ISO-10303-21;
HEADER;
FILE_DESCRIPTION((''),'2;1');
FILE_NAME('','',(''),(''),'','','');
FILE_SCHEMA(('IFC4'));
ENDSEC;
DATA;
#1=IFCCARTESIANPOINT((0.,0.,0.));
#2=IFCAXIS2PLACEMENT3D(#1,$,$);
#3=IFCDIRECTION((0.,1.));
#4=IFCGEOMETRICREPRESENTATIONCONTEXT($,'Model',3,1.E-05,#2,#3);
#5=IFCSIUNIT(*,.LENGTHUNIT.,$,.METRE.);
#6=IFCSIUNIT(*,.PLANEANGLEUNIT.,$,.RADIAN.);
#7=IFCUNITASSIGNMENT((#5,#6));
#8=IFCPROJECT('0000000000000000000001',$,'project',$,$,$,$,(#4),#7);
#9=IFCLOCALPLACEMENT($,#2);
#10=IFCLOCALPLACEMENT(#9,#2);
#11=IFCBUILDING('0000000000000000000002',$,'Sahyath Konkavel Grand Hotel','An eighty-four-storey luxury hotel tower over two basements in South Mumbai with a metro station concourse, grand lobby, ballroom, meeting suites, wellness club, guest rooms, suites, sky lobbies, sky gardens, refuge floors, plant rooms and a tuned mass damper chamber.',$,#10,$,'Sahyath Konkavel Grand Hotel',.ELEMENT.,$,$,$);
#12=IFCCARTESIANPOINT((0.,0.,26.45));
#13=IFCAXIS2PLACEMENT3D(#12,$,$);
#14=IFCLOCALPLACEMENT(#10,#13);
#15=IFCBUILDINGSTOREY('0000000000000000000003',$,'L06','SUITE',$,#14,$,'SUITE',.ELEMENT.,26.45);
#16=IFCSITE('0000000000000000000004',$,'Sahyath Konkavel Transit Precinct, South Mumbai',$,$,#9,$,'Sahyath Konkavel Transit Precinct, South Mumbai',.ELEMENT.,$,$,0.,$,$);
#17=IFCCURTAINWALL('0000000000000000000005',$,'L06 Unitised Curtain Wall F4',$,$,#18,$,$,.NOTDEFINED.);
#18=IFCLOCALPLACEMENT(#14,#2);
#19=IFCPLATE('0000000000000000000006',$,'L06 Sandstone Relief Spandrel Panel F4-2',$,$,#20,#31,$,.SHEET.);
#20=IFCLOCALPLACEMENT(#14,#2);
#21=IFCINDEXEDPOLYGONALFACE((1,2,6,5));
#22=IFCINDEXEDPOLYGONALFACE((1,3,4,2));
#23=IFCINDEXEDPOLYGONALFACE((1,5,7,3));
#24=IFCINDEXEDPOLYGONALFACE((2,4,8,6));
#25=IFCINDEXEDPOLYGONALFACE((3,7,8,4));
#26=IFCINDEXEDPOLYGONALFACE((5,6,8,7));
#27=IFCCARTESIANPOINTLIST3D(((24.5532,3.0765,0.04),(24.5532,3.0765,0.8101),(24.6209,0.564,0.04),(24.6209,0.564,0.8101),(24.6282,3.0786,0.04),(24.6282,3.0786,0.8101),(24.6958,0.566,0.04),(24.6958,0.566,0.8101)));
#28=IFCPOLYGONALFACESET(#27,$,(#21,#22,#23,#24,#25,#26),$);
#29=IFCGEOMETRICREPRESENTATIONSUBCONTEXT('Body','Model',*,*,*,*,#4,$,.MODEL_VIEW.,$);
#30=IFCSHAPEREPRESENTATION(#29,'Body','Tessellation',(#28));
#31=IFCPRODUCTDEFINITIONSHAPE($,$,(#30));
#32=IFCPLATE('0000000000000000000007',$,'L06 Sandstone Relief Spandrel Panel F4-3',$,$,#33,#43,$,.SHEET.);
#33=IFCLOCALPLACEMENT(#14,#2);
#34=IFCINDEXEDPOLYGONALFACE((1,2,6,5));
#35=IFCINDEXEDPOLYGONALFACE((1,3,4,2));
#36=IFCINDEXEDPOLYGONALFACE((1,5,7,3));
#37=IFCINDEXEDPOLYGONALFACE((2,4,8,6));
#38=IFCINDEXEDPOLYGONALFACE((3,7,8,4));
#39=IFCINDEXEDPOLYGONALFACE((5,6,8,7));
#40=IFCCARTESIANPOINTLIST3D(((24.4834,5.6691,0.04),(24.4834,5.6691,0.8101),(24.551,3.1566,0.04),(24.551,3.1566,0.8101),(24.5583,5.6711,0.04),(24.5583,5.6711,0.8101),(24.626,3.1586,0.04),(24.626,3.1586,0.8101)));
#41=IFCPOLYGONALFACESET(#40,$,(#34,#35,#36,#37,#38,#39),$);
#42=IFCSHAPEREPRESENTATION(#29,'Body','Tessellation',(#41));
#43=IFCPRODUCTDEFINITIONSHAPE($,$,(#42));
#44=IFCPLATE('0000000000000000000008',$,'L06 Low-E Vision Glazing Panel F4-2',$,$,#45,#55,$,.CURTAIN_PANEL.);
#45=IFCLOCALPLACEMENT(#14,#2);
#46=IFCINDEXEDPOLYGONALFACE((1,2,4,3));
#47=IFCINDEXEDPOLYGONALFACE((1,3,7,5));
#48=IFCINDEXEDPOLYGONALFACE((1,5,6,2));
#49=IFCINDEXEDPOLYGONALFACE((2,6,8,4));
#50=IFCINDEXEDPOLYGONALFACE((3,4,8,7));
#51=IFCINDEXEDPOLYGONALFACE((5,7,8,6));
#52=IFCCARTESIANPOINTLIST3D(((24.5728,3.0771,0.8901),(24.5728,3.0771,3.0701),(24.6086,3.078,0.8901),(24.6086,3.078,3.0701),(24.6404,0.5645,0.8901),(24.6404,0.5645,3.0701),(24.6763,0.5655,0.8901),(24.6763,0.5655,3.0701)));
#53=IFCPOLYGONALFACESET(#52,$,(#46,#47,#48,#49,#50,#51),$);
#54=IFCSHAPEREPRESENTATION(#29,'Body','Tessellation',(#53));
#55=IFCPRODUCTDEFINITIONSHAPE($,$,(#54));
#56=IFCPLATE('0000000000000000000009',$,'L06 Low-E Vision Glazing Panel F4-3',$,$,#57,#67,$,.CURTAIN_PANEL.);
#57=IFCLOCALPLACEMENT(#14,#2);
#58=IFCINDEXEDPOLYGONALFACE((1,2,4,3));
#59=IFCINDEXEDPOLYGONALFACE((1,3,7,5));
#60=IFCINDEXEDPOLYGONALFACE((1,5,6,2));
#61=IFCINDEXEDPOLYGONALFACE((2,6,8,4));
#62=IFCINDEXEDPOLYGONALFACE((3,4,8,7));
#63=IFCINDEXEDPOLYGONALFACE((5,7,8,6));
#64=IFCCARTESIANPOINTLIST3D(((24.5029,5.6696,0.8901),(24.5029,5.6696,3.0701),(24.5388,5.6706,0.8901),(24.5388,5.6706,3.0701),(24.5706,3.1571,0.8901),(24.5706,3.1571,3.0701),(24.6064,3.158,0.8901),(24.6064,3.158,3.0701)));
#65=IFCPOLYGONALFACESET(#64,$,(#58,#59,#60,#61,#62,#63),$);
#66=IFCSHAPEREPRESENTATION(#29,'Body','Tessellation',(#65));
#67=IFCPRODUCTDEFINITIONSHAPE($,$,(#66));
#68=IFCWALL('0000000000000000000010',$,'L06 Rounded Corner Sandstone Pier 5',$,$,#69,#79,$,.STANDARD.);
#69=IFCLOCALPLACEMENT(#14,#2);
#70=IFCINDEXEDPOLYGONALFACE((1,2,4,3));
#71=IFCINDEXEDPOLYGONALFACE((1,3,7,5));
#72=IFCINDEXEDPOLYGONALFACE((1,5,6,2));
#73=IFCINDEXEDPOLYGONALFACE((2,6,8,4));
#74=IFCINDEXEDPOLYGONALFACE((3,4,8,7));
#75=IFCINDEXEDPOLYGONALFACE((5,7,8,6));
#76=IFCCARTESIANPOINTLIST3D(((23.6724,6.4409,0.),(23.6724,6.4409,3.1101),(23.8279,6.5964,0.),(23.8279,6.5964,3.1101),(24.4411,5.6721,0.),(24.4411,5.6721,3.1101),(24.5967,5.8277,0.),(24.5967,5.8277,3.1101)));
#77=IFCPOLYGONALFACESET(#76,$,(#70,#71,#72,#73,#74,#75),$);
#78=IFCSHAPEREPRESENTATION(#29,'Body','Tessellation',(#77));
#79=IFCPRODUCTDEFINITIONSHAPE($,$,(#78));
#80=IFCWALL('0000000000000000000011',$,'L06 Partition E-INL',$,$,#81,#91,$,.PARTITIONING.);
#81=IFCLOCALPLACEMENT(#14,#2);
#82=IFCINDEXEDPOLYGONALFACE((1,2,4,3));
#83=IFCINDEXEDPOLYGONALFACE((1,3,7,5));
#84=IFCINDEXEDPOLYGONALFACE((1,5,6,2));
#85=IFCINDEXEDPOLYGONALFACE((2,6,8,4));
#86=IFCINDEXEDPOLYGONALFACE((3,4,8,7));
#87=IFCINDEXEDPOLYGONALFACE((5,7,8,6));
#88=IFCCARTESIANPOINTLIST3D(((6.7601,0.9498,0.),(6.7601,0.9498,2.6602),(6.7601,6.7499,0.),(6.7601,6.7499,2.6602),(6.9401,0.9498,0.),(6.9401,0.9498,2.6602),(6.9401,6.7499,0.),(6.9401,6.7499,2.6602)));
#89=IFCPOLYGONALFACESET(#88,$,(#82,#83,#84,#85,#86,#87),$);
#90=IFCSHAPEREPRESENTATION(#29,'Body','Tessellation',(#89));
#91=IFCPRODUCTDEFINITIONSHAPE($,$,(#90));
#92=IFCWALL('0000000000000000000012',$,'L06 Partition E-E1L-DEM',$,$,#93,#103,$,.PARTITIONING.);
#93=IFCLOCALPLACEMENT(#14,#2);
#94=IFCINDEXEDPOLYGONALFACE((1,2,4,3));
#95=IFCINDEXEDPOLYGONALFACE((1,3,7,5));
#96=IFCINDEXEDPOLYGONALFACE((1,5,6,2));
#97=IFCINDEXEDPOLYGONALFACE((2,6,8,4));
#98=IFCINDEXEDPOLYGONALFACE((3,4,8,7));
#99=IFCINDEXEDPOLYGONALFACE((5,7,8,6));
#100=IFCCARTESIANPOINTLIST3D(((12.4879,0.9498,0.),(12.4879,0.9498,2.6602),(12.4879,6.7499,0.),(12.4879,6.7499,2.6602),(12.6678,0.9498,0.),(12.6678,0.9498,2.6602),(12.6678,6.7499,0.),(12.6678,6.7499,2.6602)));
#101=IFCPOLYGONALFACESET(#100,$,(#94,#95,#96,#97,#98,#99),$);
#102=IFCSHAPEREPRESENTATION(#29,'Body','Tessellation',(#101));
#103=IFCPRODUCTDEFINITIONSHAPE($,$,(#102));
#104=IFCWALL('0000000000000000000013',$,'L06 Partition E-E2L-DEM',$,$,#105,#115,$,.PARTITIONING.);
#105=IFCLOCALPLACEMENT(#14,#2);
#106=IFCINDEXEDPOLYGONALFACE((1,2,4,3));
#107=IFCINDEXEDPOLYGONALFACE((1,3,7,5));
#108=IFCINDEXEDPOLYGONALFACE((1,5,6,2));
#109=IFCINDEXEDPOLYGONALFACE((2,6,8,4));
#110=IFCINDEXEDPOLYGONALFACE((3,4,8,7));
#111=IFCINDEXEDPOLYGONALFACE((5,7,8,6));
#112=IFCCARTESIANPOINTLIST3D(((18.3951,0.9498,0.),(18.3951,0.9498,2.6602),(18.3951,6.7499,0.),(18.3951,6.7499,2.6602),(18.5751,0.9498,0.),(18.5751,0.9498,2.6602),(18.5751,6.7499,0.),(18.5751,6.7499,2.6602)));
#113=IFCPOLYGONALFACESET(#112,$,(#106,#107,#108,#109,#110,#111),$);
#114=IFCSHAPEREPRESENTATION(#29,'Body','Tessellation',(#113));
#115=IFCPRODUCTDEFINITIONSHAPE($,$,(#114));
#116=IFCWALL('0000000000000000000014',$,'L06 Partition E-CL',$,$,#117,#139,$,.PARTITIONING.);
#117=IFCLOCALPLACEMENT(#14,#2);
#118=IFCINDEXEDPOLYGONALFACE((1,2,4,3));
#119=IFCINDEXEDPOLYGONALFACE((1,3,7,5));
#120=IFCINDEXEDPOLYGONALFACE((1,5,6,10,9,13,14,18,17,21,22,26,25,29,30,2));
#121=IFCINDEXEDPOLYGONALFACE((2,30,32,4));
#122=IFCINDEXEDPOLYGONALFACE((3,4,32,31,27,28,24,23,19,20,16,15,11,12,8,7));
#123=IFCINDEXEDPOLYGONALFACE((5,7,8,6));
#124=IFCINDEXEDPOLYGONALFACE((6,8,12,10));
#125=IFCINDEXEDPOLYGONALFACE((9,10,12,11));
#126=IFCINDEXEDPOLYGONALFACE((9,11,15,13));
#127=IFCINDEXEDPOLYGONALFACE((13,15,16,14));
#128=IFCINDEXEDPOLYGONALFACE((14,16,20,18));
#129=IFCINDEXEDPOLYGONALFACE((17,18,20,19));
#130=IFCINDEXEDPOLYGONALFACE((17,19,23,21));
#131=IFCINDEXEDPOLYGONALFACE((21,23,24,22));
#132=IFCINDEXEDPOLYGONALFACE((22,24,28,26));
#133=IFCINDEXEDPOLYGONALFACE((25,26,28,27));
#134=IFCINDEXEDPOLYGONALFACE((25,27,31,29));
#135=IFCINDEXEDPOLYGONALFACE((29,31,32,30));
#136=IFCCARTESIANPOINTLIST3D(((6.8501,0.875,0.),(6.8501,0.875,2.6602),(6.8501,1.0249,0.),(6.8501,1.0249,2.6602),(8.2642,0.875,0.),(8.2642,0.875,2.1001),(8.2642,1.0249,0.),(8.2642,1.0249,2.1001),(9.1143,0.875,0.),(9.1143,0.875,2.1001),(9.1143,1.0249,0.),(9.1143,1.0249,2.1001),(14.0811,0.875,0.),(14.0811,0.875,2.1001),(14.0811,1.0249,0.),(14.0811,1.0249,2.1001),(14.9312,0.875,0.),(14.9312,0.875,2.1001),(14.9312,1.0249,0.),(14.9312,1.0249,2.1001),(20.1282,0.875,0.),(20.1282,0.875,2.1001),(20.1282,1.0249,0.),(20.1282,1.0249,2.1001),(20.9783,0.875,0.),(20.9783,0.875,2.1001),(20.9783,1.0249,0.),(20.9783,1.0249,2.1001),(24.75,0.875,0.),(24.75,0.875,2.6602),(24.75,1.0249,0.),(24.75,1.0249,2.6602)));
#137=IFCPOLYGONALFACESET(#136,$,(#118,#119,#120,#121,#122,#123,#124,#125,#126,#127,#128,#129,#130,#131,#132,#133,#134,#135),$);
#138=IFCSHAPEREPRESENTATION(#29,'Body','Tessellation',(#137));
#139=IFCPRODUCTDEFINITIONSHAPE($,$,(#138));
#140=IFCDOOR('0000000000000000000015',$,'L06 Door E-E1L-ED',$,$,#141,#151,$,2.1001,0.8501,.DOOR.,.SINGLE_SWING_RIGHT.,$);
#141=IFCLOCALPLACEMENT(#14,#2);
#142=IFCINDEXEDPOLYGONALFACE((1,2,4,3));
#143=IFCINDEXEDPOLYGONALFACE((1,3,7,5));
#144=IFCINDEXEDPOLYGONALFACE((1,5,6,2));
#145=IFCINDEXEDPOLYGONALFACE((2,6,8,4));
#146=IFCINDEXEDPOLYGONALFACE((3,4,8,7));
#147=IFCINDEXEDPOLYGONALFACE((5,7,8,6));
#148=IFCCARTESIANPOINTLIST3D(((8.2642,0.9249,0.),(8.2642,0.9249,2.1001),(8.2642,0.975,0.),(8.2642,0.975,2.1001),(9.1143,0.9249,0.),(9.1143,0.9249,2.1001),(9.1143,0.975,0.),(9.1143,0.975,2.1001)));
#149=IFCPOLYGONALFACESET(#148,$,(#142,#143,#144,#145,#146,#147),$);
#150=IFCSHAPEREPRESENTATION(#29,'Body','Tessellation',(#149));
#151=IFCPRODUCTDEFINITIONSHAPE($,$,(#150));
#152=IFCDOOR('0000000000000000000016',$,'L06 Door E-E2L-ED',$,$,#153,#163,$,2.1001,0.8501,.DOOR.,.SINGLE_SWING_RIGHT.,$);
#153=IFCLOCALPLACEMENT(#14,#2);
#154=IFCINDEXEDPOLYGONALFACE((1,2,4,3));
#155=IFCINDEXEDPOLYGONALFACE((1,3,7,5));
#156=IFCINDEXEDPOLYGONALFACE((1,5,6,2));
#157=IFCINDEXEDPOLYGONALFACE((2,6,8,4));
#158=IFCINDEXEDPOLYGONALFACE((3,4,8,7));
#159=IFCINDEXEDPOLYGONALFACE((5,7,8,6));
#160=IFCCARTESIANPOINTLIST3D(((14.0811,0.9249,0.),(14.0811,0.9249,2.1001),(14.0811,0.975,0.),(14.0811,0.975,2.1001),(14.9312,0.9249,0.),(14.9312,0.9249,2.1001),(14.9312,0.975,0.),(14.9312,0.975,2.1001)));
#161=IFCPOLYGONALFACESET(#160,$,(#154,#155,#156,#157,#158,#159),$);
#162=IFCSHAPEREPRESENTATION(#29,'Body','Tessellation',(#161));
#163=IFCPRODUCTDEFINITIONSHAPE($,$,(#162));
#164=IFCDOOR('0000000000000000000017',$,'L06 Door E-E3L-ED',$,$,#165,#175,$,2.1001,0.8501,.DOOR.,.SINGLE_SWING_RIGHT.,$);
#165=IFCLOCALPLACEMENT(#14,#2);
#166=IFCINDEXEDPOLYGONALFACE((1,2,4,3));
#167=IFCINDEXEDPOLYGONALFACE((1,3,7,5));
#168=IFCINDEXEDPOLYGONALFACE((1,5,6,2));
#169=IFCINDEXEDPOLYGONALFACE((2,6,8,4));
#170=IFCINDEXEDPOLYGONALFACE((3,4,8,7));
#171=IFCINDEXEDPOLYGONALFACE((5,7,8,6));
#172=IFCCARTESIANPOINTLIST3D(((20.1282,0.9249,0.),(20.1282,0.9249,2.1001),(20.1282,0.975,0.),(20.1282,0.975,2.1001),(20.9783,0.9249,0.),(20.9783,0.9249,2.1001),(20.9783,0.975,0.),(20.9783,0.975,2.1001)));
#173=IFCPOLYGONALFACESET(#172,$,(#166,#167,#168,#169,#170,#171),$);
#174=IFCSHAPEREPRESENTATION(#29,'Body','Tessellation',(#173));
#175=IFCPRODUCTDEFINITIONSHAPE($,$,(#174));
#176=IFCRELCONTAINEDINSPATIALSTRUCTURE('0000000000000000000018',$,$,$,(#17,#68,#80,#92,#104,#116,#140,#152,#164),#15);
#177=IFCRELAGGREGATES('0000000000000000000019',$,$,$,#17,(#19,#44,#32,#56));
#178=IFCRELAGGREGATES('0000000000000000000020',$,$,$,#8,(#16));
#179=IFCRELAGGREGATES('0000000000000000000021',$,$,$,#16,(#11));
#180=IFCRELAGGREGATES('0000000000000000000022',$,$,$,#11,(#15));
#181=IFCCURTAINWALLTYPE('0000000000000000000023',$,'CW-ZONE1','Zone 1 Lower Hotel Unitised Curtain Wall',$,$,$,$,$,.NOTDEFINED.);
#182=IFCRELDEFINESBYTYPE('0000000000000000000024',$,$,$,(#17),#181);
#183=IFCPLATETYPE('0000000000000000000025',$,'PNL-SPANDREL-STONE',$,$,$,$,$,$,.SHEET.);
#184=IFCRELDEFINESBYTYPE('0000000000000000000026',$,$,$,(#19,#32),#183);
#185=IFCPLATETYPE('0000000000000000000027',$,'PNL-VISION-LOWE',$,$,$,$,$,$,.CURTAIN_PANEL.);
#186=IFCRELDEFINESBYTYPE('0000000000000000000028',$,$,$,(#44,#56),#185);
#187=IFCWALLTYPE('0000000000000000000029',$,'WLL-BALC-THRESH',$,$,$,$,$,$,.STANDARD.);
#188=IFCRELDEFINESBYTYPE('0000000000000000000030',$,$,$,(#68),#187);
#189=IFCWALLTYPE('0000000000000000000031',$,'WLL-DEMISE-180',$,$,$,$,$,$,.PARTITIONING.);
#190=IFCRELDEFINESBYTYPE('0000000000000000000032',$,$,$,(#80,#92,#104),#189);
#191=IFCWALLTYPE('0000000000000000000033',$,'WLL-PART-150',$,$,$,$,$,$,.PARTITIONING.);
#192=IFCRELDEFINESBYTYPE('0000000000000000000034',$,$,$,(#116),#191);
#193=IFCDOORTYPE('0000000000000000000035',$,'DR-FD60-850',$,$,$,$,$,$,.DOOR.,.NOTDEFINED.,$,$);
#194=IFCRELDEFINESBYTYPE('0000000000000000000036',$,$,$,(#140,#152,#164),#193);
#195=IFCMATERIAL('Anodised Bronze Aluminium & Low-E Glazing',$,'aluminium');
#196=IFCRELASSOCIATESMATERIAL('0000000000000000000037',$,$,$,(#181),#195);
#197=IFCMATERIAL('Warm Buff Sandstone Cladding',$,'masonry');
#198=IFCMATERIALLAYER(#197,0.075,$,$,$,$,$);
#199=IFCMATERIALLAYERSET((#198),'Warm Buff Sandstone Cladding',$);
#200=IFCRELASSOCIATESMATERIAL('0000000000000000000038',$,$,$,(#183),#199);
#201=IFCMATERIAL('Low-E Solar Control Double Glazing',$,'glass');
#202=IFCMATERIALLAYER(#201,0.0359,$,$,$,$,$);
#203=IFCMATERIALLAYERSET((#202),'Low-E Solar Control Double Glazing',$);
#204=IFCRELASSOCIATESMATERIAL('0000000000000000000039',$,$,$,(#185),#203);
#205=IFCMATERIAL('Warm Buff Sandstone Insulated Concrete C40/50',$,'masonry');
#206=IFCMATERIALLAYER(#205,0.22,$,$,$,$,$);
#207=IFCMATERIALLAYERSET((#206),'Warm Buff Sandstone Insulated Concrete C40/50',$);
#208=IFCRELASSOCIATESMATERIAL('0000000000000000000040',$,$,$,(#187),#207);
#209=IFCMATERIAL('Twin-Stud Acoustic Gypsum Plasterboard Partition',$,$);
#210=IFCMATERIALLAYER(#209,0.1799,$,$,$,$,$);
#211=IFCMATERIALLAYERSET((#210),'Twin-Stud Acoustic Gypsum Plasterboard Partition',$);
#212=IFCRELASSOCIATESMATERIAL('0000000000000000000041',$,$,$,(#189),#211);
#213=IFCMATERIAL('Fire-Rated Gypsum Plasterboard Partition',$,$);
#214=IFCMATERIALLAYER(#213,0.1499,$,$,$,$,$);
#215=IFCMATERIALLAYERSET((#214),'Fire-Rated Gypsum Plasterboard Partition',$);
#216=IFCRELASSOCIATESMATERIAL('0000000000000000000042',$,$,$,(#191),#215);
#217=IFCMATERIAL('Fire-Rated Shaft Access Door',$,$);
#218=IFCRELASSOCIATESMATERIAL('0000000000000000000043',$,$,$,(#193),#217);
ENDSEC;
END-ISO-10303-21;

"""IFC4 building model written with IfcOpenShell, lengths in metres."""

from ifc_helpers import new_model, si_unit, direction, frame, frame_2d, origin, origin_2d, place, context, subcontext, project, spatial, rectangle, extrude, source, transform, mapped, material, layer, layer_set, type_object, element, fill, aggregate, save


model = new_model("IFC4")

# Units and contexts
model_context = context("Model", 3, precision=1e-05, world=origin(), true_north=direction((0.0, 1.0)))
body_context = subcontext(model_context, "Body", "Model", "MODEL_VIEW")
ifc_project = project(units=[si_unit("LENGTHUNIT", "METRE"), si_unit("PLANEANGLEUNIT", "RADIAN")], contexts=[model_context])

# Site, building, storey
site_placement = place(None, origin())
site = spatial("IfcSite", under=ifc_project, at=site_placement, Name="Sahyath Konkavel Transit Precinct, South Mumbai", LongName="Sahyath Konkavel Transit Precinct, South Mumbai", CompositionType="ELEMENT", RefElevation=0.0)
building_placement = place(site_placement, origin())
building = spatial("IfcBuilding", under=site, at=building_placement, Name="Sahyath Konkavel Grand Hotel", Description="An eighty-four-storey luxury hotel tower over two basements in South Mumbai with a metro station concourse, grand lobby, ballroom, meeting suites, wellness club, guest rooms, suites, sky lobbies, sky gardens, refuge floors, plant rooms and a tuned mass damper chamber.", LongName="Sahyath Konkavel Grand Hotel", CompositionType="ELEMENT")
storey_placement = place(building_placement, frame((0.0, 0.0, 26.45)))
storey = spatial("IfcBuildingStorey", under=building, at=storey_placement, Name="L06", Description="SUITE", LongName="SUITE", CompositionType="ELEMENT", Elevation=26.45)

# Curtain wall
ifc_material_1 = material(Name="Anodised Bronze Aluminium & Low-E Glazing", Category="aluminium")
curtain_wall_type = type_object("IfcCurtainWallType", Name="CW-ZONE1", Description="Zone 1 Lower Hotel Unitised Curtain Wall", PredefinedType="NOTDEFINED", material=ifc_material_1)
curtain_wall_placement = place(storey_placement, origin())
curtain_wall = element("IfcCurtainWall", 1, at=curtain_wall_placement, inside=storey, type_object=curtain_wall_type, Name="L06 Unitised Curtain Wall F4", PredefinedType="NOTDEFINED")

# Plates
ifc_material_2 = material(Name="Warm Buff Sandstone Cladding", Category="masonry")
ifc_layer_1 = layer(ifc_material_2, 0.075)
ifc_layer_set_1 = layer_set([ifc_layer_1], Name="Warm Buff Sandstone Cladding")
plate_type_1 = type_object("IfcPlateType", Name="PNL-SPANDREL-STONE", PredefinedType="SHEET", material=ifc_layer_set_1)
shared_shape_1 = source(origin(), body_context, "Body", "SweptSolid", [
    extrude(rectangle(XDim=2.5134, YDim=0.075, at=origin_2d()), origin(), (0.0, 0.0, 1.0), 0.77),
])
plate_1_placement = place(storey_placement, frame((24.6245, 1.8213, 0.04), z_axis=(0.0, 0.0, 1.0), x_axis=(-0.02691, 0.999638, 0.0)))
plate_1 = element("IfcPlate", 2, at=plate_1_placement, type_object=plate_type_1, Name="L06 Sandstone Relief Spandrel Panel F4-2", PredefinedType="SHEET", context=body_context, shape_type="MappedRepresentation", body=[
    mapped(shared_shape_1, transform((0.0, 0.0, 0.0), scale=1.0)),
])
plate_2_placement = place(storey_placement, frame((24.5547, 4.4138, 0.04), z_axis=(0.0, 0.0, 1.0), x_axis=(-0.02691, 0.999638, 0.0)))
plate_2 = element("IfcPlate", 3, at=plate_2_placement, type_object=plate_type_1, Name="L06 Sandstone Relief Spandrel Panel F4-3", PredefinedType="SHEET", context=body_context, shape_type="MappedRepresentation", body=[
    mapped(shared_shape_1, transform((0.0, 0.0, 0.0), scale=1.0)),
])
ifc_material_3 = material(Name="Low-E Solar Control Double Glazing", Category="glass")
ifc_layer_2 = layer(ifc_material_3, 0.0359)
ifc_layer_set_2 = layer_set([ifc_layer_2], Name="Low-E Solar Control Double Glazing")
plate_type_2 = type_object("IfcPlateType", Name="PNL-VISION-LOWE", PredefinedType="CURTAIN_PANEL", material=ifc_layer_set_2)
shared_shape_2 = source(origin(), body_context, "Body", "SweptSolid", [
    extrude(rectangle(XDim=2.5134, YDim=0.0359, at=origin_2d()), origin(), (0.0, 0.0, 1.0), 2.1799),
])
plate_3_placement = place(storey_placement, frame((24.6245, 1.8213, 0.8901), z_axis=(0.0, 0.0, 1.0), x_axis=(-0.02691, 0.999638, 0.0)))
plate_3 = element("IfcPlate", 4, at=plate_3_placement, type_object=plate_type_2, Name="L06 Low-E Vision Glazing Panel F4-2", PredefinedType="CURTAIN_PANEL", context=body_context, shape_type="MappedRepresentation", body=[
    mapped(shared_shape_2, transform((0.0, 0.0, 0.0), scale=1.0)),
])
plate_4_placement = place(storey_placement, frame((24.5547, 4.4138, 0.8901), z_axis=(0.0, 0.0, 1.0), x_axis=(-0.02691, 0.999638, 0.0)))
plate_4 = element("IfcPlate", 5, at=plate_4_placement, type_object=plate_type_2, Name="L06 Low-E Vision Glazing Panel F4-3", PredefinedType="CURTAIN_PANEL", context=body_context, shape_type="MappedRepresentation", body=[
    mapped(shared_shape_2, transform((0.0, 0.0, 0.0), scale=1.0)),
])
aggregate(curtain_wall, [plate_1, plate_3, plate_2, plate_4])

# Walls
ifc_material_4 = material(Name="Warm Buff Sandstone Insulated Concrete C40/50", Category="masonry")
ifc_layer_3 = layer(ifc_material_4, 0.22)
ifc_layer_set_3 = layer_set([ifc_layer_3], Name="Warm Buff Sandstone Insulated Concrete C40/50")
wall_type_1 = type_object("IfcWallType", Name="WLL-BALC-THRESH", PredefinedType="STANDARD", material=ifc_layer_set_3)
wall_1_placement = place(storey_placement, frame((24.5188, 5.75, 0.0), z_axis=(0.0, 0.0, 1.0), x_axis=(-0.707107, 0.707107, 0.0)))
element("IfcWall", 6, at=wall_1_placement, inside=storey, type_object=wall_type_1, Name="L06 Rounded Corner Sandstone Pier 5", PredefinedType="STANDARD", context=body_context, shape_type="SweptSolid", body=[
    extrude(rectangle(XDim=1.0872, YDim=0.22, at=frame_2d((0.5435, 0.0))), origin(), (0.0, 0.0, 1.0), 3.1101),
])
ifc_material_5 = material(Name="Twin-Stud Acoustic Gypsum Plasterboard Partition")
ifc_layer_4 = layer(ifc_material_5, 0.1799)
ifc_layer_set_4 = layer_set([ifc_layer_4], Name="Twin-Stud Acoustic Gypsum Plasterboard Partition")
wall_type_2 = type_object("IfcWallType", Name="WLL-DEMISE-180", PredefinedType="PARTITIONING", material=ifc_layer_set_4)
for number, where, z_axis, x_axis, name in (
    (7, (6.8501, 0.95, 0.0), (0.0, 0.0, 1.0), (0.0, 1.0, 0.0), "L06 Partition E-INL"),
    (8, (12.5779, 0.95, 0.0), (0.0, 0.0, 1.0), (0.0, 1.0, 0.0), "L06 Partition E-E1L-DEM"),
    (9, (18.4851, 0.95, 0.0), (0.0, 0.0, 1.0), (0.0, 1.0, 0.0), "L06 Partition E-E2L-DEM"),
):
    element("IfcWall", number, at=place(storey_placement, frame(where, z_axis=z_axis, x_axis=x_axis)), inside=storey, type_object=wall_type_2, Name=name, PredefinedType="PARTITIONING", context=body_context, shape_type="SweptSolid", body=[
        extrude(rectangle(XDim=5.8, YDim=0.1799, at=frame_2d((2.8999, 0.0))), origin(), (0.0, 0.0, 1.0), 2.6602),
    ])

# Wall, openings, doors
ifc_material_6 = material(Name="Fire-Rated Gypsum Plasterboard Partition")
ifc_layer_5 = layer(ifc_material_6, 0.1499)
ifc_layer_set_5 = layer_set([ifc_layer_5], Name="Fire-Rated Gypsum Plasterboard Partition")
wall_type_3 = type_object("IfcWallType", Name="WLL-PART-150", PredefinedType="PARTITIONING", material=ifc_layer_set_5)
wall_2_placement = place(storey_placement, frame((6.8501, 0.95, 0.0), z_axis=(0.0, 0.0, 1.0), x_axis=(1.0, 0.0, 0.0)))
wall_2 = element("IfcWall", 10, at=wall_2_placement, inside=storey, type_object=wall_type_3, Name="L06 Partition E-CL", PredefinedType="PARTITIONING", context=body_context, shape_type="SweptSolid", body=[
    extrude(rectangle(XDim=17.8999, YDim=0.1499, at=frame_2d((8.95, 0.0))), origin(), (0.0, 0.0, 1.0), 2.6602),
])
opening_1_placement = place(wall_2_placement, frame((1.4141, 0.0, 0.0)))
opening_1 = element("IfcOpeningElement", 11, at=opening_1_placement, cuts=wall_2, PredefinedType="OPENING", context=body_context, shape_type="SweptSolid", body=[
    extrude(rectangle(XDim=0.8501, YDim=2.1001, at=frame_2d((0.425, 1.05))), frame((0.0, 0.085, 0.0), z_axis=(0.0, -1.0, 0.0), x_axis=(1.0, 0.0, 0.0)), (0.0, 0.0, 1.0), 0.1699),
])
opening_2_placement = place(wall_2_placement, frame((7.231, 0.0, 0.0)))
opening_2 = element("IfcOpeningElement", 12, at=opening_2_placement, cuts=wall_2, PredefinedType="OPENING", context=body_context, shape_type="SweptSolid", body=[
    extrude(rectangle(XDim=0.8501, YDim=2.1001, at=frame_2d((0.425, 1.05))), frame((0.0, 0.085, 0.0), z_axis=(0.0, -1.0, 0.0), x_axis=(1.0, 0.0, 0.0)), (0.0, 0.0, 1.0), 0.1699),
])
opening_3_placement = place(wall_2_placement, frame((13.2781, 0.0, 0.0)))
opening_3 = element("IfcOpeningElement", 13, at=opening_3_placement, cuts=wall_2, PredefinedType="OPENING", context=body_context, shape_type="SweptSolid", body=[
    extrude(rectangle(XDim=0.8501, YDim=2.1001, at=frame_2d((0.425, 1.05))), frame((0.0, 0.085, 0.0), z_axis=(0.0, -1.0, 0.0), x_axis=(1.0, 0.0, 0.0)), (0.0, 0.0, 1.0), 0.1699),
])
ifc_material_7 = material(Name="Fire-Rated Shaft Access Door")
door_type_1 = type_object("IfcDoorType", Name="DR-FD60-850", OperationType="NOTDEFINED", PredefinedType="DOOR", material=ifc_material_7)
shared_shape_3 = source(origin(), body_context, "Body", "SweptSolid", [
    extrude(rectangle(XDim=0.8501, YDim=0.05, at=origin_2d()), origin(), (0.0, 0.0, 1.0), 2.1001),
])
door_1_placement = place(opening_1_placement, frame((0.425, 0.0, 0.0)))
door_1 = element("IfcDoor", 14, at=door_1_placement, inside=storey, type_object=door_type_1, Name="L06 Door E-E1L-ED", OperationType="SINGLE_SWING_RIGHT", OverallHeight=2.1001, OverallWidth=0.8501, PredefinedType="DOOR", context=body_context, shape_type="MappedRepresentation", body=[
    mapped(shared_shape_3, transform((0.0, 0.0, 0.0), scale=1.0)),
])
fill(opening_1, door_1)
door_2_placement = place(opening_2_placement, frame((0.425, 0.0, 0.0)))
door_2 = element("IfcDoor", 15, at=door_2_placement, inside=storey, type_object=door_type_1, Name="L06 Door E-E2L-ED", OperationType="SINGLE_SWING_RIGHT", OverallHeight=2.1001, OverallWidth=0.8501, PredefinedType="DOOR", context=body_context, shape_type="MappedRepresentation", body=[
    mapped(shared_shape_3, transform((0.0, 0.0, 0.0), scale=1.0)),
])
fill(opening_2, door_2)
door_3_placement = place(opening_3_placement, frame((0.425, 0.0, 0.0)))
door_3 = element("IfcDoor", 16, at=door_3_placement, inside=storey, type_object=door_type_1, Name="L06 Door E-E3L-ED", OperationType="SINGLE_SWING_RIGHT", OverallHeight=2.1001, OverallWidth=0.8501, PredefinedType="DOOR", context=body_context, shape_type="MappedRepresentation", body=[
    mapped(shared_shape_3, transform((0.0, 0.0, 0.0), scale=1.0)),
])
fill(opening_3, door_3)

save(model, "model.ifc")
